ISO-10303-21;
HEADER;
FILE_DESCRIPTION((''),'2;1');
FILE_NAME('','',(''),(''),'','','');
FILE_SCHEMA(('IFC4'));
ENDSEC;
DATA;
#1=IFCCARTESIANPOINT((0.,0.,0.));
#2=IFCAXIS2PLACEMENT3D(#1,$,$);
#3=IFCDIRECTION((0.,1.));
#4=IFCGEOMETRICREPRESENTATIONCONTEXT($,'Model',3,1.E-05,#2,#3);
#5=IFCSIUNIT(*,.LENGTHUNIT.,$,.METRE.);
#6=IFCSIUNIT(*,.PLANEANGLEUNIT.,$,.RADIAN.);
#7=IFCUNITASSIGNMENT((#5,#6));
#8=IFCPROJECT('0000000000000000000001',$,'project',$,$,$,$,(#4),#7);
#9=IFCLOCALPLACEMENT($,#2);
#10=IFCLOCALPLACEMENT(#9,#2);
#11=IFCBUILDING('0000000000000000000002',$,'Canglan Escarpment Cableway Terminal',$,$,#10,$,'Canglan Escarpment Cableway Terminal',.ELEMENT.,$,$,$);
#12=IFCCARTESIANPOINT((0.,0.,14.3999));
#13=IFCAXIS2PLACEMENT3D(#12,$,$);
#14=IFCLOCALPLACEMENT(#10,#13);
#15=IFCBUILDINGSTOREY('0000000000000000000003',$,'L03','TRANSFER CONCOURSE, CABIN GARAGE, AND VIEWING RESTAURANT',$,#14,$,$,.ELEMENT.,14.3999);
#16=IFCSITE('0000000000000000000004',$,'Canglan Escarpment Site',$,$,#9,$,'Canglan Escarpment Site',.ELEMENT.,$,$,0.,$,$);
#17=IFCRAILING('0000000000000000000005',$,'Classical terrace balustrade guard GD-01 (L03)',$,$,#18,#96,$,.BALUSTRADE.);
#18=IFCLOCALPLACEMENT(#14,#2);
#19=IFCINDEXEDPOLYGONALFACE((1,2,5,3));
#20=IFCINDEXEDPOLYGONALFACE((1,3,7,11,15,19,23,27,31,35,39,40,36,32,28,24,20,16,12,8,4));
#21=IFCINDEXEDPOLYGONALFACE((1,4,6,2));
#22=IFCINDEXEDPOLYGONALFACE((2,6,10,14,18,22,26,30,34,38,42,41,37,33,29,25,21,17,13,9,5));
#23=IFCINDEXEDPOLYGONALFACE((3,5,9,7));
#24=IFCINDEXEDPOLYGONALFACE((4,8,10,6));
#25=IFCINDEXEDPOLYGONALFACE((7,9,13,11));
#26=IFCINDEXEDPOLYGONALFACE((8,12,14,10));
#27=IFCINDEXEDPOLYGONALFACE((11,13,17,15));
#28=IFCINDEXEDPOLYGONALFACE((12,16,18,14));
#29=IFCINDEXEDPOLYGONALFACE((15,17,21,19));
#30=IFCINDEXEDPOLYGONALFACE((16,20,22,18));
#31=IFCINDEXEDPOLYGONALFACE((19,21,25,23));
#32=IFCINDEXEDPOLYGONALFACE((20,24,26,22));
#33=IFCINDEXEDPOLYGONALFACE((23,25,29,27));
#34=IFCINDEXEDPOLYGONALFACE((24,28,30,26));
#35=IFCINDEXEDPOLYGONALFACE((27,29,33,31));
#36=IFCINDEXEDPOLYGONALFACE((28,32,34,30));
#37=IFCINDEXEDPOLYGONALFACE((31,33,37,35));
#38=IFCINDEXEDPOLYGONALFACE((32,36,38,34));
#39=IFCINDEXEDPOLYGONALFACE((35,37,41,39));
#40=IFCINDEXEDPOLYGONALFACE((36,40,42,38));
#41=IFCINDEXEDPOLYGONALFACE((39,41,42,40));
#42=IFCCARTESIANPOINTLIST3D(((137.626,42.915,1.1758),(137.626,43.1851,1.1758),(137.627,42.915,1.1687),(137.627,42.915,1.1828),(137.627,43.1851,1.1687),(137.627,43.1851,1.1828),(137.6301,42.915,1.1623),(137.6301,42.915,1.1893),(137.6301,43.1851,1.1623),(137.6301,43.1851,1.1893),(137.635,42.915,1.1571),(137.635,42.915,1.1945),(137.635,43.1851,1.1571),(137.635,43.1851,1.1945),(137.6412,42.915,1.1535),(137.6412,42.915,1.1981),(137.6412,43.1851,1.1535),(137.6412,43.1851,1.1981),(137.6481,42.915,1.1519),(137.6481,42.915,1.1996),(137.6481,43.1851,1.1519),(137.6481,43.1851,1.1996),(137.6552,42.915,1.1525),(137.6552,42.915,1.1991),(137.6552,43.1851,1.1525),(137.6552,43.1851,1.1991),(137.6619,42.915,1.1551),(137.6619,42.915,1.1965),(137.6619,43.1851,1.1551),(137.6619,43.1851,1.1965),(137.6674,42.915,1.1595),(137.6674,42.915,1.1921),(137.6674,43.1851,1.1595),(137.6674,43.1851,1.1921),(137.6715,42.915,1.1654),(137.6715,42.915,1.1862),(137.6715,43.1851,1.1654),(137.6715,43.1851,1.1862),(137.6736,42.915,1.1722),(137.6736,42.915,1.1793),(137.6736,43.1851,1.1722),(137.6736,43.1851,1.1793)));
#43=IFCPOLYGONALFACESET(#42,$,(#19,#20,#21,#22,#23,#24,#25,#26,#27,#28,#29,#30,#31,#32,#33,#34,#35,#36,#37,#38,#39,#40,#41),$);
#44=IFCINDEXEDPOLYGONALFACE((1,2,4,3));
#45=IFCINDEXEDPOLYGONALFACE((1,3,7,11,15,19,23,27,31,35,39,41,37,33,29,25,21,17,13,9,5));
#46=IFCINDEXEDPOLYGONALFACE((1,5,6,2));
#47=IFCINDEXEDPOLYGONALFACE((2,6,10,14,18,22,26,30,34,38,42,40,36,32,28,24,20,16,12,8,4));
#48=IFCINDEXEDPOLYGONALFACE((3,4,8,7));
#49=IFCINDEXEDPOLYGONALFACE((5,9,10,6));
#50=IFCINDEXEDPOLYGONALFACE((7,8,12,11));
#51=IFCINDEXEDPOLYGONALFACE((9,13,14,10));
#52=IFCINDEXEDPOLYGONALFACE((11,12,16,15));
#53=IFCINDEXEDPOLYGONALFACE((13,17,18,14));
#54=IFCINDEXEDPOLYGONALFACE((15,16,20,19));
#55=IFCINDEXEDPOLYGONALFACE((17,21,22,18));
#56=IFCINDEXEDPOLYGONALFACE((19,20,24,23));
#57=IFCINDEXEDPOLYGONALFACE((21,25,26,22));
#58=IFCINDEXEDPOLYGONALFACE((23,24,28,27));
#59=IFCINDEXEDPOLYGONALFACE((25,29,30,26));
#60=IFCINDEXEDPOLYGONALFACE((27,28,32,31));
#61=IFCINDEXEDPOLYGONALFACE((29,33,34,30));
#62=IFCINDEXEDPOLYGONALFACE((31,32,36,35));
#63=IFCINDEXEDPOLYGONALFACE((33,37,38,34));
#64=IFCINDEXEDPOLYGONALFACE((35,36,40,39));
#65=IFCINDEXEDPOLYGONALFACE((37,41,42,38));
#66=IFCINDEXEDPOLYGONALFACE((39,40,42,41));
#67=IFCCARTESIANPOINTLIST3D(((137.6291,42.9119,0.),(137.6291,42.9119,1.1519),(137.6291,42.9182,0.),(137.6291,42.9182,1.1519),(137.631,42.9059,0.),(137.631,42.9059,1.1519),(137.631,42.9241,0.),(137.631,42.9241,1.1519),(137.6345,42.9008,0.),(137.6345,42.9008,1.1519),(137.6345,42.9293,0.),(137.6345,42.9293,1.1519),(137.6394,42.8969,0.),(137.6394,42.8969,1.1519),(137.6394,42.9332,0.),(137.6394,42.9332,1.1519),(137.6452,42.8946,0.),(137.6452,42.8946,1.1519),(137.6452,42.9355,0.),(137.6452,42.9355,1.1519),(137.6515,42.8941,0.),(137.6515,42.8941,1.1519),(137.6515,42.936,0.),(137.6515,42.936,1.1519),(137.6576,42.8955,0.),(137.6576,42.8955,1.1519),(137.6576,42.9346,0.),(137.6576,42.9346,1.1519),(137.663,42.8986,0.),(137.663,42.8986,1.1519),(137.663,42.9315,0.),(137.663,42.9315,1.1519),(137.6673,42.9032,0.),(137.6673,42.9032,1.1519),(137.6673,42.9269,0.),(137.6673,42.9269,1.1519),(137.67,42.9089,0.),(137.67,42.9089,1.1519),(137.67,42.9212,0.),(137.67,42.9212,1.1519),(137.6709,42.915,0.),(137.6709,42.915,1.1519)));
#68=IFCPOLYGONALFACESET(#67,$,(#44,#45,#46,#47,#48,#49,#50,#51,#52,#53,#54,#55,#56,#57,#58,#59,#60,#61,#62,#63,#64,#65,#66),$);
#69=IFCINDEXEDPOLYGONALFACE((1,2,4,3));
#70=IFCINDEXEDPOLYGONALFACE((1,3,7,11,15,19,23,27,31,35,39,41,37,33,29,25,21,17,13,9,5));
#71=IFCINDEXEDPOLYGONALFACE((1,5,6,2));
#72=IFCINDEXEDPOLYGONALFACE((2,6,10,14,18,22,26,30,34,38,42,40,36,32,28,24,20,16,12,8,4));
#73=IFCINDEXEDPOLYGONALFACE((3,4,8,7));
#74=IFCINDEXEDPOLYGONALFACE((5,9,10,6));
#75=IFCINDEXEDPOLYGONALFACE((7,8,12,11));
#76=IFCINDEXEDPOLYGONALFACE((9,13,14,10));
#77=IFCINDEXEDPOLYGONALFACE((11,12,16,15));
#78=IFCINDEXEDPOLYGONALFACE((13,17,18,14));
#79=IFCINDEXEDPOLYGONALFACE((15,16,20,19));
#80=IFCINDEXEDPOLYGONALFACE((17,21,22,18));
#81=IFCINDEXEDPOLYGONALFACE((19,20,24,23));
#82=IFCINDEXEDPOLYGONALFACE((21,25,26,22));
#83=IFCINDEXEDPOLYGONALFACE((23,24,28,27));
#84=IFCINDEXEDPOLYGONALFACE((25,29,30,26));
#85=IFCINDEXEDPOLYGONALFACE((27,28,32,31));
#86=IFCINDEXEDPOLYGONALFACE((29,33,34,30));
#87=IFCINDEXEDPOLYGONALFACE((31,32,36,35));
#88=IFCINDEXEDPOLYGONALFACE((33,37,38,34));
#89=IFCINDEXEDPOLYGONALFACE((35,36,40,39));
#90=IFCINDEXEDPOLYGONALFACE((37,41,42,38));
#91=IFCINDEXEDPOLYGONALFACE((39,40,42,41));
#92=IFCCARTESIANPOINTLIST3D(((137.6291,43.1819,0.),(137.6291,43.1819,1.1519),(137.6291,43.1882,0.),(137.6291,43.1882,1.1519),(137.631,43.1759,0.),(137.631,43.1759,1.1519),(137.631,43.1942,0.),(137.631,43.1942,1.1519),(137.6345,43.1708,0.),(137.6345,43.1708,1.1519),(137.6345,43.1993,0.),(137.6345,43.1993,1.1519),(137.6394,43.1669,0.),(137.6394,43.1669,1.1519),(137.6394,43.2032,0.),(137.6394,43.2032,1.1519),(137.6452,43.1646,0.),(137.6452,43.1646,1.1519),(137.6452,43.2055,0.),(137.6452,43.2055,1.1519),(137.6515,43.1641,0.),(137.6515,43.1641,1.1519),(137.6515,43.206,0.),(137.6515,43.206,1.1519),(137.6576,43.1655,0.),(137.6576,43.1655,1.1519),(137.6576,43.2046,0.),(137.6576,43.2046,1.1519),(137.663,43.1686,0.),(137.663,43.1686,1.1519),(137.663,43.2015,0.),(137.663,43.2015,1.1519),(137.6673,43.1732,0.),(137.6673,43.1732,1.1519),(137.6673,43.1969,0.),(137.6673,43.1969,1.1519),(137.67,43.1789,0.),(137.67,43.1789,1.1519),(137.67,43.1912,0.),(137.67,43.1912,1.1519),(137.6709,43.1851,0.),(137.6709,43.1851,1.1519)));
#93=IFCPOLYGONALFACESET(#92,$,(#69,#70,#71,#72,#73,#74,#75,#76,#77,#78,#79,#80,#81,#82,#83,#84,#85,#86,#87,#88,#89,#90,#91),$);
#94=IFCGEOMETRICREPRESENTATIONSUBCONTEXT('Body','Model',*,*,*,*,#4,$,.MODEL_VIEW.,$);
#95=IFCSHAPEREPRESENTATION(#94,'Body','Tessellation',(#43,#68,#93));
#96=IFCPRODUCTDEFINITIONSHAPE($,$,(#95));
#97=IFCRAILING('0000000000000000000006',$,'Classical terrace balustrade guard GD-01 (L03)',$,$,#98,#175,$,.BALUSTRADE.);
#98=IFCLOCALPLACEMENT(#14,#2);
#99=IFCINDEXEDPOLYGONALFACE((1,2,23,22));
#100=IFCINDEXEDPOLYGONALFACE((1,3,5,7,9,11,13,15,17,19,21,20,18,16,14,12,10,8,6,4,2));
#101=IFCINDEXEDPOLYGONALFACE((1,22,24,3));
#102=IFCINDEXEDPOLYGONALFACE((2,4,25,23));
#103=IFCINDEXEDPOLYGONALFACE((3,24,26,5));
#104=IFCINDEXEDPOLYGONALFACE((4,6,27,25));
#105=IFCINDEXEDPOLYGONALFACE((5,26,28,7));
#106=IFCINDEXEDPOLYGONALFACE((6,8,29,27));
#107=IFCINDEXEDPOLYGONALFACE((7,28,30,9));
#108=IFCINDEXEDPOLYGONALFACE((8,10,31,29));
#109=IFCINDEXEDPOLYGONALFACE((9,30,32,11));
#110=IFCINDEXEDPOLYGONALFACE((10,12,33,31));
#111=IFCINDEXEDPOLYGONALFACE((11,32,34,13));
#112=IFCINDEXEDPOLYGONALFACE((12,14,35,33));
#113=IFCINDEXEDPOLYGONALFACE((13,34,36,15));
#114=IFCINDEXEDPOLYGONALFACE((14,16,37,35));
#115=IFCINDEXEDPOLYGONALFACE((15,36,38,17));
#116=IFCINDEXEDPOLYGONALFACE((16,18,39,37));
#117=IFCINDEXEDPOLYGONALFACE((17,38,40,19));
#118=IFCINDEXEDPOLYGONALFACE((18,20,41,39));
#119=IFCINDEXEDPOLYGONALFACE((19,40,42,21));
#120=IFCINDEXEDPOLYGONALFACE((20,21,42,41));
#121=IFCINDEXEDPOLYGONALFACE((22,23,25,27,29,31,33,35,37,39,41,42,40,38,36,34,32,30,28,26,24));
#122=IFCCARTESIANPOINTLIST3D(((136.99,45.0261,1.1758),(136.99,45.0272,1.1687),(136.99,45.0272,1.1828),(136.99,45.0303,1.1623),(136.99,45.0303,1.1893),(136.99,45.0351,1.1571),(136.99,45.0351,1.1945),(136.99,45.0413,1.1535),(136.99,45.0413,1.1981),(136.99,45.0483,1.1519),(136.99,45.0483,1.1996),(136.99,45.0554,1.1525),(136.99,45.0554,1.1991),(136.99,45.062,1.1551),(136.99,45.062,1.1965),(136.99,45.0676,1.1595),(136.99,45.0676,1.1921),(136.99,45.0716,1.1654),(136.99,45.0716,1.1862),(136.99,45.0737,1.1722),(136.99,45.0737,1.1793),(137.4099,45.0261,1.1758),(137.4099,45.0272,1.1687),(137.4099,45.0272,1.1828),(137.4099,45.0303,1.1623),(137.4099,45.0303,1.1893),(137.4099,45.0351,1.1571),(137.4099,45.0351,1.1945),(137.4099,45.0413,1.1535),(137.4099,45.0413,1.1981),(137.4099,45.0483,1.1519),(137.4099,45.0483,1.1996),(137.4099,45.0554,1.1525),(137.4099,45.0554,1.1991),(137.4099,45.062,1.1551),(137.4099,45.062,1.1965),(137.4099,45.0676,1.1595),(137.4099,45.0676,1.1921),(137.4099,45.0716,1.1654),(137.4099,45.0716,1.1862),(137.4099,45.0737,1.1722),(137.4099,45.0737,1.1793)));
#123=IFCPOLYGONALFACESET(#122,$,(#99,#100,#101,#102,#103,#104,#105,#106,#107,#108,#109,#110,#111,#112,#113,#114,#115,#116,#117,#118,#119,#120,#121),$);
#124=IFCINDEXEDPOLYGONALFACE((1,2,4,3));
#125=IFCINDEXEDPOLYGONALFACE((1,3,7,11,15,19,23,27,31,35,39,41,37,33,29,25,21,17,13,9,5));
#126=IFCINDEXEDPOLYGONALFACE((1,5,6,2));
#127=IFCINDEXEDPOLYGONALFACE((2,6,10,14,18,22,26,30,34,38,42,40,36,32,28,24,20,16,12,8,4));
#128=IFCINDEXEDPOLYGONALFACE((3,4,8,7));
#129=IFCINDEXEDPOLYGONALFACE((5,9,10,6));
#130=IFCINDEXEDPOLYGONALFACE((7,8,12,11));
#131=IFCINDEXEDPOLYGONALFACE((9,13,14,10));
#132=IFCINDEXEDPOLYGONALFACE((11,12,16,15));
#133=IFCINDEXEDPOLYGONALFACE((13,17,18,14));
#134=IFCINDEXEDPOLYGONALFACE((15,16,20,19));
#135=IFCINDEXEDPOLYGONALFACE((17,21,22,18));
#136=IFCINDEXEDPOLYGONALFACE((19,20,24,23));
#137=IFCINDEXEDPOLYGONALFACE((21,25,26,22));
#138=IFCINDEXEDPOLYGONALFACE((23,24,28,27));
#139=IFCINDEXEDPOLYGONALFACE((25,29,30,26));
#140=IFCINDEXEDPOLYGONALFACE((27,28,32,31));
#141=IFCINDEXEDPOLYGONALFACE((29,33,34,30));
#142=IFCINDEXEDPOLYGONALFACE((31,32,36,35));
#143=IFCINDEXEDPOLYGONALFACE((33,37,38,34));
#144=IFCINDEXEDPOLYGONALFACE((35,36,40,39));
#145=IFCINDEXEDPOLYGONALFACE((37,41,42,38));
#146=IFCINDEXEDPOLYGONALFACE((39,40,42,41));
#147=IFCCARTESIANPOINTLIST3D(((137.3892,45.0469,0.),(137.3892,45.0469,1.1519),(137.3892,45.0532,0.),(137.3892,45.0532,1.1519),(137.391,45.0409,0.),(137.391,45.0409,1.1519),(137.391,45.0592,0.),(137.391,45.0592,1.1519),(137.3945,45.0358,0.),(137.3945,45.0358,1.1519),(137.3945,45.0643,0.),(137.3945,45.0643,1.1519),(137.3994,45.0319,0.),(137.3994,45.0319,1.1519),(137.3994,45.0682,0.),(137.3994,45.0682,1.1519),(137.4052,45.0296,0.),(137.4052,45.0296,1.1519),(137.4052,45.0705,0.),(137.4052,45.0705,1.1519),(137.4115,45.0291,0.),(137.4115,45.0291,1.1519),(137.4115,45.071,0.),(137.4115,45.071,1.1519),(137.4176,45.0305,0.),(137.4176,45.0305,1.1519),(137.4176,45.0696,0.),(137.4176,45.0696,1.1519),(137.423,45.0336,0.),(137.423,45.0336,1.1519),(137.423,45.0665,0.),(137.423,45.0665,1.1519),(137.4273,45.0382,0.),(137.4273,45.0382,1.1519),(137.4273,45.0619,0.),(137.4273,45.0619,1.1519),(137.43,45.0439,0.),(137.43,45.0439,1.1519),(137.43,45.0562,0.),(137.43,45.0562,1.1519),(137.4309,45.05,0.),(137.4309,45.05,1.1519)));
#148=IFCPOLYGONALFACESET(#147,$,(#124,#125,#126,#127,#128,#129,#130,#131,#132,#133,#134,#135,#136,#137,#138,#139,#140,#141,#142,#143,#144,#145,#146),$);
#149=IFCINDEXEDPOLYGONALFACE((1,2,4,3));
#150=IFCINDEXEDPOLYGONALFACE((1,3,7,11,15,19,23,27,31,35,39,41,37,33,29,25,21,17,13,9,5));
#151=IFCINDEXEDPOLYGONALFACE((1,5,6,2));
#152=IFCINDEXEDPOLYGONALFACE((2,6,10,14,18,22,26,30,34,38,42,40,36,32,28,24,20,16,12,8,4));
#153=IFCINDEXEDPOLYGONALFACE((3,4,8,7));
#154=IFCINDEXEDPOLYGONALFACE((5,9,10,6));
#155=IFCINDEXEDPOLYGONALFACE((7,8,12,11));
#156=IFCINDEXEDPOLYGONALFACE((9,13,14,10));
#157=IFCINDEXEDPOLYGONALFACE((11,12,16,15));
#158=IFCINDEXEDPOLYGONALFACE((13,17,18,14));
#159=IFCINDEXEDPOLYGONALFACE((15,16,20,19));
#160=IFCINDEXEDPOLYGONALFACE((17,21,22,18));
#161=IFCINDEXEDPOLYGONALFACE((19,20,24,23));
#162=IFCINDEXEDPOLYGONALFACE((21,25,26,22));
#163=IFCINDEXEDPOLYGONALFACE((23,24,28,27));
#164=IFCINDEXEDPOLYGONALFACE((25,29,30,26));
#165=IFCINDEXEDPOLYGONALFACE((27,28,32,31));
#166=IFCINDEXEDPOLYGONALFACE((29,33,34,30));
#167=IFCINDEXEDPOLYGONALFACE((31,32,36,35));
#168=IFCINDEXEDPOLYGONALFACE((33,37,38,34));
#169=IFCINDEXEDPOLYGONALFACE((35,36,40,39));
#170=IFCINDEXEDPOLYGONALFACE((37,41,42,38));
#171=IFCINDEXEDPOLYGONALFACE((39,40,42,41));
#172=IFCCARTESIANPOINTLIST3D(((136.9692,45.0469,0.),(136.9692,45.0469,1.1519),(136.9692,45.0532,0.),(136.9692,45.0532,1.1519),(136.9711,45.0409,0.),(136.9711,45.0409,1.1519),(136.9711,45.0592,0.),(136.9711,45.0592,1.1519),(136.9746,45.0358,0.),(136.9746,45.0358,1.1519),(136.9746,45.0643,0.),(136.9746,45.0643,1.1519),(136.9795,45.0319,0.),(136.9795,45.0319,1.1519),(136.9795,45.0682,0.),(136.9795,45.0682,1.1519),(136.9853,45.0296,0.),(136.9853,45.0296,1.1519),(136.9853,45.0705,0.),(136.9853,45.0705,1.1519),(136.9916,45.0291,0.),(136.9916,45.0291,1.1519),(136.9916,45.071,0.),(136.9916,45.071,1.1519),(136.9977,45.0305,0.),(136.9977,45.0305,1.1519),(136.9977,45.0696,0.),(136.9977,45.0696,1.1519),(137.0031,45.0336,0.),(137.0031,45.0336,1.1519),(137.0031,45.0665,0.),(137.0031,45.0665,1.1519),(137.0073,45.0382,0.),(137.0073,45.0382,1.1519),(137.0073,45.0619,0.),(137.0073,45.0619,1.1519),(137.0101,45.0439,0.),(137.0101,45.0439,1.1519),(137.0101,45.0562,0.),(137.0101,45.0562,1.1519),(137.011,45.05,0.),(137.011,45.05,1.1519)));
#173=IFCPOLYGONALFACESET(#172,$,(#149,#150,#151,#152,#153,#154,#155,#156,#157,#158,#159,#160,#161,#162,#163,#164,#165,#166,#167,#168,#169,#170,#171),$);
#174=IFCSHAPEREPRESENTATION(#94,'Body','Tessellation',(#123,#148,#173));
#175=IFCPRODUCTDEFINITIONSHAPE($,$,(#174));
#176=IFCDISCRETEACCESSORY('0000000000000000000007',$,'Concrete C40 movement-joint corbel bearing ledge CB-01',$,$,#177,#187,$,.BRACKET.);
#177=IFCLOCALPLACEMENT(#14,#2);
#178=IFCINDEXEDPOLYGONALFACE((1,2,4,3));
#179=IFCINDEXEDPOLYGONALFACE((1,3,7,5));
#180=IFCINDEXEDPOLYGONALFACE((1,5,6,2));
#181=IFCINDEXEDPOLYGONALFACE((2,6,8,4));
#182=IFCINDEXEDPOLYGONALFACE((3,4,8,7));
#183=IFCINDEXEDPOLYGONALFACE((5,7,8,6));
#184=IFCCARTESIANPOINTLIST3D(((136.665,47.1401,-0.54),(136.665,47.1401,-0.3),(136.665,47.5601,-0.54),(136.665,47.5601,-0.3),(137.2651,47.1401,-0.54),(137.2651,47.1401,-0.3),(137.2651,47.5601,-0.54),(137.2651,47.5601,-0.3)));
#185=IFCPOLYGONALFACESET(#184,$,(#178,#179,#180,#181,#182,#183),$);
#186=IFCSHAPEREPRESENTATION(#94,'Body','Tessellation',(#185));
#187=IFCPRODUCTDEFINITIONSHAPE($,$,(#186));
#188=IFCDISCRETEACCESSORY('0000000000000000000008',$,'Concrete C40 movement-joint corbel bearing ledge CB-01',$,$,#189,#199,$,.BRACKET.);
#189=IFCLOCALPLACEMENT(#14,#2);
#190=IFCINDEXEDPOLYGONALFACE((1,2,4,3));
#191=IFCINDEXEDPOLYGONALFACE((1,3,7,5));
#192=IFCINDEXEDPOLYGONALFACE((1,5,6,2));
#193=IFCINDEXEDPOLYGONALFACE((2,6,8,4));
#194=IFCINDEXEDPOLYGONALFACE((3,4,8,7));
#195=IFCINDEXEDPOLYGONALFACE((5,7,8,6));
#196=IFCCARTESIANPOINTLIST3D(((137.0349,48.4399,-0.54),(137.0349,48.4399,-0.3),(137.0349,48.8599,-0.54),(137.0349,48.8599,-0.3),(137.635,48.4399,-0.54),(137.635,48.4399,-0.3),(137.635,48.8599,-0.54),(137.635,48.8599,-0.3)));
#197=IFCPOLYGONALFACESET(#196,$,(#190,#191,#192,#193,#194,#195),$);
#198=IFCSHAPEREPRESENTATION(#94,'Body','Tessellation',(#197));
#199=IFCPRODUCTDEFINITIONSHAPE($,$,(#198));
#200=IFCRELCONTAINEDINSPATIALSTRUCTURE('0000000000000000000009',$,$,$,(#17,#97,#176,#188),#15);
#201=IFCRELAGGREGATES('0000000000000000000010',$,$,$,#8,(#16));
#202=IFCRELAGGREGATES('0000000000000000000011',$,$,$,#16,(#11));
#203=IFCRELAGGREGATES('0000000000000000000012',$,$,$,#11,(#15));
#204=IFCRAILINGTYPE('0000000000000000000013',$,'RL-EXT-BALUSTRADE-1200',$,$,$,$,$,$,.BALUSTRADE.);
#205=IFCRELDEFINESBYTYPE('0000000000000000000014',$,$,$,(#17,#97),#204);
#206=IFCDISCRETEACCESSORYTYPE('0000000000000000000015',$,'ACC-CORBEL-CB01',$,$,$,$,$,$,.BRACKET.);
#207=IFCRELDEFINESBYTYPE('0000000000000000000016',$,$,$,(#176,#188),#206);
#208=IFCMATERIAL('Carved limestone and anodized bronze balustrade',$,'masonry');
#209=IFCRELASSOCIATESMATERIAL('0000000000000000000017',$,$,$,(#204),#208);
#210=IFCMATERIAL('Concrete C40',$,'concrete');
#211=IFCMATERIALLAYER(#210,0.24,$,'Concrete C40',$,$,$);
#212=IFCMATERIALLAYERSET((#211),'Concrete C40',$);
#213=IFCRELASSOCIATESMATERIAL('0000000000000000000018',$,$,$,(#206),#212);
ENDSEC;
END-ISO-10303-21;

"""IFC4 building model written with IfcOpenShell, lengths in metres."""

from ifc_helpers import new_model, si_unit, direction, frame, origin, origin_2d, place, context, subcontext, project, spatial, rectangle, circle, extrude, material, layer, layer_set, type_object, element, save


model = new_model("IFC4")

# Units and contexts
model_context = context("Model", 3, precision=1e-05, world=origin(), true_north=direction((0.0, 1.0)))
body_context = subcontext(model_context, "Body", "Model", "MODEL_VIEW")
ifc_project = project(units=[si_unit("LENGTHUNIT", "METRE"), si_unit("PLANEANGLEUNIT", "RADIAN")], contexts=[model_context])

# Site, building, storey
site_placement = place(None, origin())
site = spatial("IfcSite", under=ifc_project, at=site_placement, Name="Canglan Escarpment Site", LongName="Canglan Escarpment Site", CompositionType="ELEMENT", RefElevation=0.0)
building_placement = place(site_placement, origin())
building = spatial("IfcBuilding", under=site, at=building_placement, Name="Canglan Escarpment Cableway Terminal", LongName="Canglan Escarpment Cableway Terminal", CompositionType="ELEMENT")
storey_placement = place(building_placement, frame((0.0, 0.0, 14.3999)))
storey = spatial("IfcBuildingStorey", under=building, at=storey_placement, Name="L03", Description="TRANSFER CONCOURSE, CABIN GARAGE, AND VIEWING RESTAURANT", CompositionType="ELEMENT", Elevation=14.3999)

# Shared definitions
ifc_material_1 = material(Name="Concrete C40", Category="concrete")

# Railings
ifc_material_2 = material(Name="Carved limestone and anodized bronze balustrade", Category="masonry")
railing_type = type_object("IfcRailingType", Name="RL-EXT-BALUSTRADE-1200", PredefinedType="BALUSTRADE", material=ifc_material_2)
railing_1_placement = place(storey_placement, frame((137.6499, 42.915, 0.0)))
element("IfcRailing", 1, at=railing_1_placement, inside=storey, type_object=railing_type, Name="Classical terrace balustrade guard GD-01 (L03)", PredefinedType="BALUSTRADE", context=body_context, shape_type="SweptSolid", body=[
    extrude(circle(Radius=0.0239, at=origin_2d()), frame((0.0, 0.0, 1.1758), z_axis=(0.0, 1.0, 0.0), x_axis=(-1.0, 0.0, 0.0)), (0.0, 0.0, 1.0), 0.27),
    extrude(circle(Radius=0.021, at=origin_2d()), origin(), (0.0, 0.0, 1.0), 1.1519),
    extrude(circle(Radius=0.021, at=origin_2d()), frame((0.0, 0.27, 0.0)), (0.0, 0.0, 1.0), 1.1519),
])
railing_2_placement = place(storey_placement, frame((137.4099, 45.05, 0.0)))
element("IfcRailing", 2, at=railing_2_placement, inside=storey, type_object=railing_type, Name="Classical terrace balustrade guard GD-01 (L03)", PredefinedType="BALUSTRADE", context=body_context, shape_type="SweptSolid", body=[
    extrude(circle(Radius=0.0239, at=origin_2d()), frame((0.0, 0.0, 1.1758), z_axis=(-1.0, 0.0, 0.0), x_axis=(0.0, -1.0, 0.0)), (0.0, 0.0, 1.0), 0.4199),
    extrude(circle(Radius=0.021, at=origin_2d()), origin(), (0.0, 0.0, 1.0), 1.1519),
    extrude(circle(Radius=0.021, at=origin_2d()), frame((-0.4199, 0.0, 0.0)), (0.0, 0.0, 1.0), 1.1519),
])

# Discrete accessories
ifc_layer_1 = layer(ifc_material_1, 0.24, Name="Concrete C40")
ifc_layer_set_1 = layer_set([ifc_layer_1], Name="Concrete C40")
discrete_accessory_type_1 = type_object("IfcDiscreteAccessoryType", Name="ACC-CORBEL-CB01", PredefinedType="BRACKET", material=ifc_layer_set_1)
for number, where, z_axis, x_axis, name in (
    (3, (136.9651, 47.3501, -0.54), (0.0, 0.0, 1.0), (1.0, 0.0, 0.0), "Concrete C40 movement-joint corbel bearing ledge CB-01"),
    (4, (137.335, 48.6499, -0.54), (0.0, 0.0, 1.0), (1.0, 0.0, 0.0), "Concrete C40 movement-joint corbel bearing ledge CB-01"),
):
    element("IfcDiscreteAccessory", number, at=place(storey_placement, frame(where, z_axis=z_axis, x_axis=x_axis)), inside=storey, type_object=discrete_accessory_type_1, Name=name, PredefinedType="BRACKET", context=body_context, shape_type="SweptSolid", body=[
        extrude(rectangle(XDim=0.6001, YDim=0.4199, at=origin_2d()), origin(), (0.0, 0.0, 1.0), 0.24),
    ])

save(model, "model.ifc")
